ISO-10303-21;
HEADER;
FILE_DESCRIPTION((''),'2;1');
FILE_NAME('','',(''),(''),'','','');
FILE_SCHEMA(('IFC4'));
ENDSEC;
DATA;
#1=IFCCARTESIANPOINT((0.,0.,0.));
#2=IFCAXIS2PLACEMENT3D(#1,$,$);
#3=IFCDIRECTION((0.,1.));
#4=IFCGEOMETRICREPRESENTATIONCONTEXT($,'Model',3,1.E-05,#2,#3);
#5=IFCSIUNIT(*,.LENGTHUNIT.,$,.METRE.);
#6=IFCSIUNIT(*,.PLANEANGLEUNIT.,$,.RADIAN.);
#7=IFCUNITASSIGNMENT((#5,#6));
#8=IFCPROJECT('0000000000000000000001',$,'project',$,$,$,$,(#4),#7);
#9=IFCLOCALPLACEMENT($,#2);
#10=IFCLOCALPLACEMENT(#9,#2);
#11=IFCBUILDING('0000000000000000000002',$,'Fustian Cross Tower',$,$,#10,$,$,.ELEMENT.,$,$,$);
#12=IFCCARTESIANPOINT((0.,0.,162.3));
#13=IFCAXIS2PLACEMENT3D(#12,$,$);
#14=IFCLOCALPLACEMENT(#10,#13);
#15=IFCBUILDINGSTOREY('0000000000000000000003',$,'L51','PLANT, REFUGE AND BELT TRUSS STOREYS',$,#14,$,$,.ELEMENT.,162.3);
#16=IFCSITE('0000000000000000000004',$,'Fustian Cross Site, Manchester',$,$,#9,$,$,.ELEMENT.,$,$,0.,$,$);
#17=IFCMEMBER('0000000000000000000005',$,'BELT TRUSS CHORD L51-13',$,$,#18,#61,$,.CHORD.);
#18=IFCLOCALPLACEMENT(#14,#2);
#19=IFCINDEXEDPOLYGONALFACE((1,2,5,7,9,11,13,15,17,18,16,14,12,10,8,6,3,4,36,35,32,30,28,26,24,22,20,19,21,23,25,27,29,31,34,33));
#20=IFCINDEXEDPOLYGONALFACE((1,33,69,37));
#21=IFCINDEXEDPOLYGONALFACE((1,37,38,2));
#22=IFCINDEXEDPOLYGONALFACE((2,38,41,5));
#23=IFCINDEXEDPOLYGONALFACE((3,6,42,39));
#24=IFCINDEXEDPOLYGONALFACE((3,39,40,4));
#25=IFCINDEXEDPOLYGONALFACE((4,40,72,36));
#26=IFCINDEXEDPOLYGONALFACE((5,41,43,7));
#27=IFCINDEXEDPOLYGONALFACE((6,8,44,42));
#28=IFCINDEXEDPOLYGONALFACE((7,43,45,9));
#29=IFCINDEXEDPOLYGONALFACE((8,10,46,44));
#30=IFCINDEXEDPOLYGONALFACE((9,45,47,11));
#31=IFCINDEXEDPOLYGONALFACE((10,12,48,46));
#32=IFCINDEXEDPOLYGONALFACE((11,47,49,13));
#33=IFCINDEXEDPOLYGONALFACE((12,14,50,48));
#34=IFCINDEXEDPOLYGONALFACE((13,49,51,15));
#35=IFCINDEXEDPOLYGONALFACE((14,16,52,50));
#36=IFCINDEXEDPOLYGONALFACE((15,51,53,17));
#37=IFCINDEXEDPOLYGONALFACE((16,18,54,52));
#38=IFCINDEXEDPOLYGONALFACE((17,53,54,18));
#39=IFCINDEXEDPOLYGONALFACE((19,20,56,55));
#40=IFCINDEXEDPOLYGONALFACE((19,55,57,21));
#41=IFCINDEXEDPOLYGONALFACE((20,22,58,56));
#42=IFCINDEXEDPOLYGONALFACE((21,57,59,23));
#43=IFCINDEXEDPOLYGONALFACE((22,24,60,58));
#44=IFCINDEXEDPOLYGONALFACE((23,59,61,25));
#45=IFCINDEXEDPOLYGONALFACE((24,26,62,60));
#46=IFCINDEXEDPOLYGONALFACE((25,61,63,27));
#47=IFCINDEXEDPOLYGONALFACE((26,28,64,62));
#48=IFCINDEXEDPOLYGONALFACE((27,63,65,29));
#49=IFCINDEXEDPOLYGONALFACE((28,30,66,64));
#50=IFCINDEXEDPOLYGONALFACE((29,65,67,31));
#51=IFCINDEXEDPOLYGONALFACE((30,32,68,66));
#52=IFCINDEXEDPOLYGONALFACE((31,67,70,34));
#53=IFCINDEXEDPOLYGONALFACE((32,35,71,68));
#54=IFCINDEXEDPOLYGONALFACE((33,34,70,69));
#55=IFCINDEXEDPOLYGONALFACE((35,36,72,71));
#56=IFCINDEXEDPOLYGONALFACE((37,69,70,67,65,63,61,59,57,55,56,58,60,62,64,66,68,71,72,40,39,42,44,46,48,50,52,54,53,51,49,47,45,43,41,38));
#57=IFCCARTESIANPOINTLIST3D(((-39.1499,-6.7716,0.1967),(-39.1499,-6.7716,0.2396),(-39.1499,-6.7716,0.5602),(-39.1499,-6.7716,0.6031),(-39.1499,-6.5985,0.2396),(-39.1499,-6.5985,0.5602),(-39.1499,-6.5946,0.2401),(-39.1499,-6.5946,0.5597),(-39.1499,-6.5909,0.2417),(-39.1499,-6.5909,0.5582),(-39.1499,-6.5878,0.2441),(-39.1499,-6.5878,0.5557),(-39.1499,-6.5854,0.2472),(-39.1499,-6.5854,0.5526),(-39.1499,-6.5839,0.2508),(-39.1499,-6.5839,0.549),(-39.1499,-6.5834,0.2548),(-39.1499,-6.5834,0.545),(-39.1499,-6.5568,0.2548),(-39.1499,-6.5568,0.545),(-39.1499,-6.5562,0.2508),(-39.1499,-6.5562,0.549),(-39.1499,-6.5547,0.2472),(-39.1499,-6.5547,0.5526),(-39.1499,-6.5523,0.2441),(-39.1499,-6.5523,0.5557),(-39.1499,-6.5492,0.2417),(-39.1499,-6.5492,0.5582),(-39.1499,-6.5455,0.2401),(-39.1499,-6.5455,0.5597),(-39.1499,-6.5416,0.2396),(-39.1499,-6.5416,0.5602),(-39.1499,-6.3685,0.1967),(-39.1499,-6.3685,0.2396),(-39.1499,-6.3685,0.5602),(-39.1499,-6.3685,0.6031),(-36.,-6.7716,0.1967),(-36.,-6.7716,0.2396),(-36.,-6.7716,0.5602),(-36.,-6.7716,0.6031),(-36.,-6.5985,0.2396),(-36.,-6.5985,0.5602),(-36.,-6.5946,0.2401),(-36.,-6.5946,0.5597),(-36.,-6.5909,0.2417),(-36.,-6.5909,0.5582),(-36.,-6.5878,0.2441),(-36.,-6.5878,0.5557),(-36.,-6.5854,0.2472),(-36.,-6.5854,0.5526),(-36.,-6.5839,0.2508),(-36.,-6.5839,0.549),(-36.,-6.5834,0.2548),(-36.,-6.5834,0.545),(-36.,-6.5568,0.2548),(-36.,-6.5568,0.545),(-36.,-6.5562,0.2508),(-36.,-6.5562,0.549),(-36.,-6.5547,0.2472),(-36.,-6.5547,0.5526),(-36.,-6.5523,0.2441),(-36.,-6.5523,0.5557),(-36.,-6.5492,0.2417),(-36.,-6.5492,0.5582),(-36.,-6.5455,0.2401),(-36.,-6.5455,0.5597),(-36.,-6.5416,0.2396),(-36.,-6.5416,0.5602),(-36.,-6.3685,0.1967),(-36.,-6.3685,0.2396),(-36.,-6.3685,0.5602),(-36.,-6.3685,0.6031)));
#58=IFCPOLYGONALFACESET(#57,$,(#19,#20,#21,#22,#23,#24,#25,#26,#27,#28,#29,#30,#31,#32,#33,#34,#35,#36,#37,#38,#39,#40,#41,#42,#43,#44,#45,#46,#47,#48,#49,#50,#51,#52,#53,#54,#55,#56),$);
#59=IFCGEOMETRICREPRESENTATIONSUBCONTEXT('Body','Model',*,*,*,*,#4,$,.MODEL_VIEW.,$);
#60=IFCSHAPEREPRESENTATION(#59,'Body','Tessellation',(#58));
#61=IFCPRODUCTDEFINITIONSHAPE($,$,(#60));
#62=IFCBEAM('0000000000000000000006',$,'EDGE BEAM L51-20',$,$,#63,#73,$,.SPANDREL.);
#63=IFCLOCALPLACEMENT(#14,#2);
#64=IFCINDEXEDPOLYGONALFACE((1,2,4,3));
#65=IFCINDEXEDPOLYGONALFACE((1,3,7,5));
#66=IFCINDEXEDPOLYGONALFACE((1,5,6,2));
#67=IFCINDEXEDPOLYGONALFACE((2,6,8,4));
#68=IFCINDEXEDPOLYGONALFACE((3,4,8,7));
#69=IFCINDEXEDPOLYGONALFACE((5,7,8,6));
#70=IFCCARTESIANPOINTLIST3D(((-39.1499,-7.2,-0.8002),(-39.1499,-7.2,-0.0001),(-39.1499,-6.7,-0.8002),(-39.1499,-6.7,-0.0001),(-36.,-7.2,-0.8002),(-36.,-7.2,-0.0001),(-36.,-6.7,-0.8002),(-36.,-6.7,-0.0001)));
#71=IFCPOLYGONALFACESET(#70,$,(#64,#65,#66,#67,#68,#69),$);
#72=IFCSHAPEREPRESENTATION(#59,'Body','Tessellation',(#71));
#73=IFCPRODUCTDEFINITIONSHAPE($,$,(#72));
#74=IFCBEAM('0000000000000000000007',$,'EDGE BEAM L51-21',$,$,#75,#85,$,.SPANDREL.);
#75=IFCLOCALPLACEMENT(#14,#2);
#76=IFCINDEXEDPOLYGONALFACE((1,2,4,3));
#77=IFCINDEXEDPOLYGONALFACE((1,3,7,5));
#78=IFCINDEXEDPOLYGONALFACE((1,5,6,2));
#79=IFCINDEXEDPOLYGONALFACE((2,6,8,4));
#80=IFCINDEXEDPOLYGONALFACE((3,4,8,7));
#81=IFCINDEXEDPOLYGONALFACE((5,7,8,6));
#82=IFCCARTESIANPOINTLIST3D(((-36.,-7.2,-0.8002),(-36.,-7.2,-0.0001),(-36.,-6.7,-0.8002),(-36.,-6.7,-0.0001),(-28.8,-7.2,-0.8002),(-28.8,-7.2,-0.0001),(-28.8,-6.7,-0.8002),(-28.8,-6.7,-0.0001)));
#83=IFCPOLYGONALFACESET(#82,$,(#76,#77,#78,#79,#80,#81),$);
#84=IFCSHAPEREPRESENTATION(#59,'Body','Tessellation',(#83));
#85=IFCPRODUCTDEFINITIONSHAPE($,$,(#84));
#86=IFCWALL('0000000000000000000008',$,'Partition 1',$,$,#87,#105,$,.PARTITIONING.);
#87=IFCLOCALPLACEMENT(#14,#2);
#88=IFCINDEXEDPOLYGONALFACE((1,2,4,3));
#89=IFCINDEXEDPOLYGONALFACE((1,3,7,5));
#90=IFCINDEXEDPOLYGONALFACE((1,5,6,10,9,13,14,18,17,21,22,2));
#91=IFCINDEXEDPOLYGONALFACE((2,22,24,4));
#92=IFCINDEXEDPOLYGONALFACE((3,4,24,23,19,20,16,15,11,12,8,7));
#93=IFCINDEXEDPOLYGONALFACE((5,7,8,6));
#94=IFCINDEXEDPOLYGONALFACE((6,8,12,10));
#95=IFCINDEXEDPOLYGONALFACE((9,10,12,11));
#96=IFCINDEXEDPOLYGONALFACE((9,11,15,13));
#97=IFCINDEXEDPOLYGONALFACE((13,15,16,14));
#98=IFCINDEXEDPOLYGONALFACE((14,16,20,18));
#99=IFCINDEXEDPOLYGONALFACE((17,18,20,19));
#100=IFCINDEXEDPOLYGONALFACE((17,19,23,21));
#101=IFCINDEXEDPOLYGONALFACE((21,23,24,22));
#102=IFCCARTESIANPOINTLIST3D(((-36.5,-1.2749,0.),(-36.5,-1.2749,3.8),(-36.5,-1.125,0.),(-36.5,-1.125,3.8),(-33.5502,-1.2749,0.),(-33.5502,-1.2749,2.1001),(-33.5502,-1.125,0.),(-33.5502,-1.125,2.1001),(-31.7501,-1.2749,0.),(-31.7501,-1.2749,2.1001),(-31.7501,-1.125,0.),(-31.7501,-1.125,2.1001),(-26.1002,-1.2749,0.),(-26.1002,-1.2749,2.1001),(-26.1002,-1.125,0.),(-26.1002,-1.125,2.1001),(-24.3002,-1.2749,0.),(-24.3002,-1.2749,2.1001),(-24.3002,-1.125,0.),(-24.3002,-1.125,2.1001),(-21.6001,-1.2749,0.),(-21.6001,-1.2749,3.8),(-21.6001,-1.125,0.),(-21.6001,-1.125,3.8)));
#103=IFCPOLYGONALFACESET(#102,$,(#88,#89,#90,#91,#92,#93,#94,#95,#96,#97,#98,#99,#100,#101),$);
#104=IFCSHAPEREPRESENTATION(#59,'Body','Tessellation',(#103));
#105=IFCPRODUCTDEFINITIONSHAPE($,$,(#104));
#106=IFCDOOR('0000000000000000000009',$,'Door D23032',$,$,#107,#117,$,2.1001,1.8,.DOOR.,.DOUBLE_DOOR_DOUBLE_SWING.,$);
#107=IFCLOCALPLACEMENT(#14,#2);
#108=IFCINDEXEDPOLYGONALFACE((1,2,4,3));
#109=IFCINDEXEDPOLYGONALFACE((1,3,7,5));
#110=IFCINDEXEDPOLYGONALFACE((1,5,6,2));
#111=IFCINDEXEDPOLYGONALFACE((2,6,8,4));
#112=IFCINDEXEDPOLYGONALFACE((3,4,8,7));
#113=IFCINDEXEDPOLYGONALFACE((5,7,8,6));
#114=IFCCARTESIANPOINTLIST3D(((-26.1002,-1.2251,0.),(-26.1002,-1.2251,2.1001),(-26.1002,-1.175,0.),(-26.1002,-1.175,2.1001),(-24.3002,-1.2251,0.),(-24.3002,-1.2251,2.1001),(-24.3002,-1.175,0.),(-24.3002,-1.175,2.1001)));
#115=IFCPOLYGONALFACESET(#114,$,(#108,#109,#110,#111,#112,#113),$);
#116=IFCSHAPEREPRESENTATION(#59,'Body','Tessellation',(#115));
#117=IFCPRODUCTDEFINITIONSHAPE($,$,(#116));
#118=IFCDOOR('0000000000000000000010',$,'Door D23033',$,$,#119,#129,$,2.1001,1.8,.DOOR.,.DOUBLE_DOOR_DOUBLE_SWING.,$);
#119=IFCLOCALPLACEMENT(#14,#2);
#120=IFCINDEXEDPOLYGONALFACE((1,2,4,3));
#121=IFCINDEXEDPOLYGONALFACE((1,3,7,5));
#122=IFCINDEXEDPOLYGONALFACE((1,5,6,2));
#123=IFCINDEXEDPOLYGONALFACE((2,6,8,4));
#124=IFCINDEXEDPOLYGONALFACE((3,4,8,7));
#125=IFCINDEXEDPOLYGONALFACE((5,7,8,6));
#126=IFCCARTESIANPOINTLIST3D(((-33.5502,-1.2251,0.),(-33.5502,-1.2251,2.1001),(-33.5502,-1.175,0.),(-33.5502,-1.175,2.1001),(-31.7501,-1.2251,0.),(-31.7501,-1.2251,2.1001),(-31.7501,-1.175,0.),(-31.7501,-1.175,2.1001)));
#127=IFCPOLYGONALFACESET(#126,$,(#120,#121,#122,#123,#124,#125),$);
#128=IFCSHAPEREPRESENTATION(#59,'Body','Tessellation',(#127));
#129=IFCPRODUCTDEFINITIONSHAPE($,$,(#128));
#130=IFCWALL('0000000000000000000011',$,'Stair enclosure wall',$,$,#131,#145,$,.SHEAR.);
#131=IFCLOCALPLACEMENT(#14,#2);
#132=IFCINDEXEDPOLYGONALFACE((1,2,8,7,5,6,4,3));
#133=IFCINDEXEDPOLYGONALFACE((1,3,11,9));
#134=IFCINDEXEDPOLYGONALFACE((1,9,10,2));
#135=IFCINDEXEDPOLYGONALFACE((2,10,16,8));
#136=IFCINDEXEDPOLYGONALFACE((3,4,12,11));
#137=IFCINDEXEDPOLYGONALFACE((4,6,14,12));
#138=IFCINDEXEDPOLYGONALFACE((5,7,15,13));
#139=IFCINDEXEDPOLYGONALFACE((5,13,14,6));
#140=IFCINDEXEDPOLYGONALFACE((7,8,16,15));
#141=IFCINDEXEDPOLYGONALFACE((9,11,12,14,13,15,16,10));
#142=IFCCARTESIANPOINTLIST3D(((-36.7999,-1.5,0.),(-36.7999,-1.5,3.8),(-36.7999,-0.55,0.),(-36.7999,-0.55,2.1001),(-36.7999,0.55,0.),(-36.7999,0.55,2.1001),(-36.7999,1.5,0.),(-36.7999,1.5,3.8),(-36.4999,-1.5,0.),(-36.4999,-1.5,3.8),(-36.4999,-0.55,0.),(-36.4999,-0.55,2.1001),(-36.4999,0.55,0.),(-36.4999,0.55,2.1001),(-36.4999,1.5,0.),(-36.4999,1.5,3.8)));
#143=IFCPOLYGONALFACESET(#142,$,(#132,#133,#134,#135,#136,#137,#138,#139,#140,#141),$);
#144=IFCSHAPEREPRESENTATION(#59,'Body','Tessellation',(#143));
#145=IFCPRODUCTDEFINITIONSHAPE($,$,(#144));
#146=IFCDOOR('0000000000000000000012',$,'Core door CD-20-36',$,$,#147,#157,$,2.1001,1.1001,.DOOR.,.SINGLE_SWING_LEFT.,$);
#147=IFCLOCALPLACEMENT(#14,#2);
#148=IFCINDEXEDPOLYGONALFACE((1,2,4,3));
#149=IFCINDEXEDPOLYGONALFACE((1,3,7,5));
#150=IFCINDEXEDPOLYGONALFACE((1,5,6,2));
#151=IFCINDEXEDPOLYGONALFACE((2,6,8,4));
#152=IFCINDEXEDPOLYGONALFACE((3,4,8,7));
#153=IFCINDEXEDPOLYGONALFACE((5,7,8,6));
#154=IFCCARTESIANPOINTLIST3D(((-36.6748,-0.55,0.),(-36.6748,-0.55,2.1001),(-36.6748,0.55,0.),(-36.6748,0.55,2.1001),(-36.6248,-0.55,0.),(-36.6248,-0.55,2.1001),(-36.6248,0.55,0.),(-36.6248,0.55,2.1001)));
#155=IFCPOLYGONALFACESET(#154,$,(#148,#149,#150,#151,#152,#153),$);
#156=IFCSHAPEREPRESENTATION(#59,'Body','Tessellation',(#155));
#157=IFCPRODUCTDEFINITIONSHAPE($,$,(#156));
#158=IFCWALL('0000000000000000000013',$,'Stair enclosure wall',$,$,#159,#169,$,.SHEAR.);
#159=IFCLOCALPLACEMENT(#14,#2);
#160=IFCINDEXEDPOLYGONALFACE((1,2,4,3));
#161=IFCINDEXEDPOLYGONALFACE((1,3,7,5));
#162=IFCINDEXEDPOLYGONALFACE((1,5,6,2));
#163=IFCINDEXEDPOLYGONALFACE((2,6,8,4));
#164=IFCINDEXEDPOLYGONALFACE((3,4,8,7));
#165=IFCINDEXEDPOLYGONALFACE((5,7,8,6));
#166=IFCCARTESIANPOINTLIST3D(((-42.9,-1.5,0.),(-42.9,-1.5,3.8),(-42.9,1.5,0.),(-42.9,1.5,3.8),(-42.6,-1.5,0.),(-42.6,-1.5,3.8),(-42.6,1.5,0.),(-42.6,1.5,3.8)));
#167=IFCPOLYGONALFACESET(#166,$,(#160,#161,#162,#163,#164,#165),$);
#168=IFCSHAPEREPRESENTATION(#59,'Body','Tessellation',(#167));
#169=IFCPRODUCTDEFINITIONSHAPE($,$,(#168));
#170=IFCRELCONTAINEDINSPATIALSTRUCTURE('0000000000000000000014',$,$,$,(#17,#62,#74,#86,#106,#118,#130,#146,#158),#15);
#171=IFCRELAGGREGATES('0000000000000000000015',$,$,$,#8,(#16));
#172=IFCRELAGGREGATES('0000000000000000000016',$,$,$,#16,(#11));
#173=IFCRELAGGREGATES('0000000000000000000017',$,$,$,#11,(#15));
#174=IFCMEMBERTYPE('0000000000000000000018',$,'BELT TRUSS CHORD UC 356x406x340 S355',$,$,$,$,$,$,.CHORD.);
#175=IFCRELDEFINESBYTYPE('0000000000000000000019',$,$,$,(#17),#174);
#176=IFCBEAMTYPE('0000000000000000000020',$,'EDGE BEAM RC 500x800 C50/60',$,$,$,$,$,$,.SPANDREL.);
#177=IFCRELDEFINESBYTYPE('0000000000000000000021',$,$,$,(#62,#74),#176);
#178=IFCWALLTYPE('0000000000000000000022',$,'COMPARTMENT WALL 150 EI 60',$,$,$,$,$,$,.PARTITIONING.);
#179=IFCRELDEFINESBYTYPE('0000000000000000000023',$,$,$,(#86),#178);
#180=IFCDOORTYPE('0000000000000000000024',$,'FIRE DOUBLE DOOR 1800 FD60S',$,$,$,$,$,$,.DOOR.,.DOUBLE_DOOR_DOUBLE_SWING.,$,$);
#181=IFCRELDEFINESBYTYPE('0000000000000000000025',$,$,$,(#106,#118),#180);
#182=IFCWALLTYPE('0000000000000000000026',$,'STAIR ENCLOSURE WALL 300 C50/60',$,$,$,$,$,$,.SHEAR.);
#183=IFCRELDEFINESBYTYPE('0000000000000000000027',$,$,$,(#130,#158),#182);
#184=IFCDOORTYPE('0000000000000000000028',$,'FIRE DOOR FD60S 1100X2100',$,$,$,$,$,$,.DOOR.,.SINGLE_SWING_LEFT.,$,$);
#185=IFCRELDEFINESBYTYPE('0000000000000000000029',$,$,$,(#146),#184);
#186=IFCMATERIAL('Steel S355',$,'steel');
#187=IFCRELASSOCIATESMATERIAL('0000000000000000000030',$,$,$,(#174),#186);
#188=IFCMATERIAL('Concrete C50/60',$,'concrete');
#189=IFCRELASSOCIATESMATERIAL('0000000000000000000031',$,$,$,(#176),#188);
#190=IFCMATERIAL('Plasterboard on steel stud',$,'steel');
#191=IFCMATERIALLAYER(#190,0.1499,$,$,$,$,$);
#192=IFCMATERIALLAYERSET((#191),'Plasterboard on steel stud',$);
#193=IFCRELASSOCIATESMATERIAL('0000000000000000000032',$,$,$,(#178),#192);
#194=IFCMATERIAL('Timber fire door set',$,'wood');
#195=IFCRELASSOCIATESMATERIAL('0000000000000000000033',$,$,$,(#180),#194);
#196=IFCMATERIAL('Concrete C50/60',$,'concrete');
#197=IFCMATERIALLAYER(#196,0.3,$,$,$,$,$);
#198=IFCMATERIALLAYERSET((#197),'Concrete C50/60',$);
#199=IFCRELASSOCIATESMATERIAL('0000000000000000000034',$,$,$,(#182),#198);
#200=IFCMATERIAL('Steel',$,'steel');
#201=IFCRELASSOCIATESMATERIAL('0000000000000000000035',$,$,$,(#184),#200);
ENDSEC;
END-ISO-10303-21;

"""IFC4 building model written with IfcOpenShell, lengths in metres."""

from ifc_helpers import new_model, si_unit, direction, frame, frame_2d, origin, origin_2d, place, context, subcontext, project, spatial, rectangle, i_section, extrude, material, layer, layer_set, material_profile, profile_set, type_object, element, fill, save


model = new_model("IFC4")

# Units and contexts
model_context = context("Model", 3, precision=1e-05, world=origin(), true_north=direction((0.0, 1.0)))
body_context = subcontext(model_context, "Body", "Model", "MODEL_VIEW")
ifc_project = project(units=[si_unit("LENGTHUNIT", "METRE"), si_unit("PLANEANGLEUNIT", "RADIAN")], contexts=[model_context])

# Site, building, storey
site_placement = place(None, origin())
site = spatial("IfcSite", under=ifc_project, at=site_placement, Name="Fustian Cross Site, Manchester", CompositionType="ELEMENT", RefElevation=0.0)
building_placement = place(site_placement, origin())
building = spatial("IfcBuilding", under=site, at=building_placement, Name="Fustian Cross Tower", CompositionType="ELEMENT")
storey_placement = place(building_placement, frame((0.0, 0.0, 162.3)))
storey = spatial("IfcBuildingStorey", under=building, at=storey_placement, Name="L51", Description="PLANT, REFUGE AND BELT TRUSS STOREYS", CompositionType="ELEMENT", Elevation=162.3)

# Member
ifc_material_1 = material(Name="Steel S355", Category="steel")
ifc_material_profile_1 = material_profile(ifc_material_1, i_section(OverallWidth=0.4031, OverallDepth=0.4065, WebThickness=0.0266, FlangeThickness=0.043, FilletRadius=0.0151, at=origin_2d()), Name="UC 356x406x340")
ifc_profile_set_1 = profile_set([ifc_material_profile_1], Name="Steel S355")
member_type_1 = type_object("IfcMemberType", Name="BELT TRUSS CHORD UC 356x406x340 S355", PredefinedType="CHORD", material=ifc_profile_set_1)
for number, where, z_axis, x_axis, name in (
    (1, (-39.1499, -6.5701, 0.3999), (1.0, 0.0, 0.0), (0.0, 1.0, 0.0), "BELT TRUSS CHORD L51-13"),
):
    element("IfcMember", number, at=place(storey_placement, frame(where, z_axis=z_axis, x_axis=x_axis)), inside=storey, type_object=member_type_1, Name=name, PredefinedType="CHORD", context=body_context, shape_type="SweptSolid", body=[
        extrude(i_section(OverallWidth=0.4031, OverallDepth=0.4065, WebThickness=0.0266, FlangeThickness=0.043, FilletRadius=0.0151, at=origin_2d()), origin(), (0.0, 0.0, 1.0), 3.1499),
    ])

# Beams
ifc_material_2 = material(Name="Concrete C50/60", Category="concrete")
ifc_material_profile_2 = material_profile(ifc_material_2, rectangle(XDim=0.5, YDim=0.8, at=origin_2d()), Name="RC 500x800")
ifc_profile_set_2 = profile_set([ifc_material_profile_2], Name="Concrete C50/60")
beam_type = type_object("IfcBeamType", Name="EDGE BEAM RC 500x800 C50/60", PredefinedType="SPANDREL", material=ifc_profile_set_2)
beam_1_placement = place(storey_placement, frame((-39.1499, -6.95, -0.4001), z_axis=(1.0, 0.0, 0.0), x_axis=(0.0, 1.0, 0.0)))
element("IfcBeam", 2, at=beam_1_placement, inside=storey, type_object=beam_type, Name="EDGE BEAM L51-20", PredefinedType="SPANDREL", context=body_context, shape_type="SweptSolid", body=[
    extrude(rectangle(XDim=0.5, YDim=0.8, at=origin_2d()), origin(), (0.0, 0.0, 1.0), 3.1499),
])
beam_2_placement = place(storey_placement, frame((-36.0, -6.95, -0.4001), z_axis=(1.0, 0.0, 0.0), x_axis=(0.0, 1.0, 0.0)))
element("IfcBeam", 3, at=beam_2_placement, inside=storey, type_object=beam_type, Name="EDGE BEAM L51-21", PredefinedType="SPANDREL", context=body_context, shape_type="SweptSolid", body=[
    extrude(rectangle(XDim=0.5, YDim=0.8, at=origin_2d()), origin(), (0.0, 0.0, 1.0), 7.2),
])

# Wall, openings, doors
ifc_material_3 = material(Name="Plasterboard on steel stud", Category="steel")
ifc_layer_1 = layer(ifc_material_3, 0.1499)
ifc_layer_set_1 = layer_set([ifc_layer_1], Name="Plasterboard on steel stud")
wall_type_1 = type_object("IfcWallType", Name="COMPARTMENT WALL 150 EI 60", PredefinedType="PARTITIONING", material=ifc_layer_set_1)
wall_1_placement = place(storey_placement, frame((-36.5, -1.2, 0.0), z_axis=(0.0, 0.0, 1.0), x_axis=(1.0, 0.0, 0.0)))
wall_1 = element("IfcWall", 4, at=wall_1_placement, inside=storey, type_object=wall_type_1, Name="Partition 1", PredefinedType="PARTITIONING", context=body_context, shape_type="SweptSolid", body=[
    extrude(rectangle(XDim=14.8999, YDim=0.1499, at=frame_2d((7.45, 0.0))), origin(), (0.0, 0.0, 1.0), 3.8),
])
opening_1_placement = place(wall_1_placement, frame((10.3999, 0.0, 0.0)))
opening_1 = element("IfcOpeningElement", 5, at=opening_1_placement, cuts=wall_1, PredefinedType="OPENING", context=body_context, shape_type="SweptSolid", body=[
    extrude(rectangle(XDim=1.8, YDim=2.1001, at=frame_2d((0.8999, 1.05))), frame((0.0, 0.085, 0.0), z_axis=(0.0, -1.0, 0.0), x_axis=(1.0, 0.0, 0.0)), (0.0, 0.0, 1.0), 0.1699),
])
opening_2_placement = place(wall_1_placement, frame((2.95, 0.0, 0.0)))
opening_2 = element("IfcOpeningElement", 6, at=opening_2_placement, cuts=wall_1, PredefinedType="OPENING", context=body_context, shape_type="SweptSolid", body=[
    extrude(rectangle(XDim=1.8, YDim=2.1001, at=frame_2d((0.8999, 1.05))), frame((0.0, 0.085, 0.0), z_axis=(0.0, -1.0, 0.0), x_axis=(1.0, 0.0, 0.0)), (0.0, 0.0, 1.0), 0.1699),
])
ifc_material_4 = material(Name="Timber fire door set", Category="wood")
door_type_1 = type_object("IfcDoorType", Name="FIRE DOUBLE DOOR 1800 FD60S", OperationType="DOUBLE_DOOR_DOUBLE_SWING", PredefinedType="DOOR", material=ifc_material_4)
door_1_placement = place(opening_1_placement, origin())
door_1 = element("IfcDoor", 7, at=door_1_placement, inside=storey, type_object=door_type_1, Name="Door D23032", OperationType="DOUBLE_DOOR_DOUBLE_SWING", OverallHeight=2.1001, OverallWidth=1.8, PredefinedType="DOOR", context=body_context, shape_type="SweptSolid", body=[
    extrude(rectangle(XDim=1.8, YDim=2.1001, at=frame_2d((0.8999, 1.05))), frame((0.0, 0.0249, 0.0), z_axis=(0.0, -1.0, 0.0), x_axis=(1.0, 0.0, 0.0)), (0.0, 0.0, 1.0), 0.05),
])
fill(opening_1, door_1)
door_2_placement = place(opening_2_placement, origin())
door_2 = element("IfcDoor", 8, at=door_2_placement, inside=storey, type_object=door_type_1, Name="Door D23033", OperationType="DOUBLE_DOOR_DOUBLE_SWING", OverallHeight=2.1001, OverallWidth=1.8, PredefinedType="DOOR", context=body_context, shape_type="SweptSolid", body=[
    extrude(rectangle(XDim=1.8, YDim=2.1001, at=frame_2d((0.8999, 1.05))), frame((0.0, 0.0249, 0.0), z_axis=(0.0, -1.0, 0.0), x_axis=(1.0, 0.0, 0.0)), (0.0, 0.0, 1.0), 0.05),
])
fill(opening_2, door_2)

# Wall, opening, door
ifc_material_5 = material(Name="Concrete C50/60", Category="concrete")
ifc_layer_2 = layer(ifc_material_5, 0.3)
ifc_layer_set_2 = layer_set([ifc_layer_2], Name="Concrete C50/60")
wall_type_2 = type_object("IfcWallType", Name="STAIR ENCLOSURE WALL 300 C50/60", PredefinedType="SHEAR", material=ifc_layer_set_2)
wall_2_placement = place(storey_placement, frame((-36.6499, -1.5, 0.0), z_axis=(0.0, 0.0, 1.0), x_axis=(0.0, 1.0, 0.0)))
wall_2 = element("IfcWall", 9, at=wall_2_placement, inside=storey, type_object=wall_type_2, Name="Stair enclosure wall", PredefinedType="SHEAR", context=body_context, shape_type="SweptSolid", body=[
    extrude(rectangle(XDim=3.0, YDim=0.3, at=frame_2d((1.5, 0.0))), origin(), (0.0, 0.0, 1.0), 3.8),
])
opening_3_placement = place(wall_2_placement, frame((0.95, 0.0, 0.0)))
opening_3 = element("IfcOpeningElement", 10, at=opening_3_placement, cuts=wall_2, PredefinedType="OPENING", context=body_context, shape_type="SweptSolid", body=[
    extrude(rectangle(XDim=1.1001, YDim=2.1001, at=frame_2d((0.55, 1.05))), frame((0.0, 0.1599, 0.0), z_axis=(0.0, -1.0, 0.0), x_axis=(1.0, 0.0, 0.0)), (0.0, 0.0, 1.0), 0.3201),
])
ifc_material_6 = material(Name="Steel", Category="steel")
door_type_2 = type_object("IfcDoorType", Name="FIRE DOOR FD60S 1100X2100", OperationType="SINGLE_SWING_LEFT", PredefinedType="DOOR", material=ifc_material_6)
door_3_placement = place(opening_3_placement, origin())
door_3 = element("IfcDoor", 11, at=door_3_placement, inside=storey, type_object=door_type_2, Name="Core door CD-20-36", OperationType="SINGLE_SWING_LEFT", OverallHeight=2.1001, OverallWidth=1.1001, PredefinedType="DOOR", context=body_context, shape_type="SweptSolid", body=[
    extrude(rectangle(XDim=1.1001, YDim=2.1001, at=frame_2d((0.55, 1.05))), frame((0.0, 0.0249, 0.0), z_axis=(0.0, -1.0, 0.0), x_axis=(1.0, 0.0, 0.0)), (0.0, 0.0, 1.0), 0.05),
])
fill(opening_3, door_3)

# Wall
wall_3_placement = place(storey_placement, frame((-42.75, -1.5, 0.0), z_axis=(0.0, 0.0, 1.0), x_axis=(0.0, 1.0, 0.0)))
element("IfcWall", 12, at=wall_3_placement, inside=storey, type_object=wall_type_2, Name="Stair enclosure wall", PredefinedType="SHEAR", context=body_context, shape_type="SweptSolid", body=[
    extrude(rectangle(XDim=3.0, YDim=0.3, at=frame_2d((1.5, 0.0))), origin(), (0.0, 0.0, 1.0), 3.8),
])

save(model, "model.ifc")
